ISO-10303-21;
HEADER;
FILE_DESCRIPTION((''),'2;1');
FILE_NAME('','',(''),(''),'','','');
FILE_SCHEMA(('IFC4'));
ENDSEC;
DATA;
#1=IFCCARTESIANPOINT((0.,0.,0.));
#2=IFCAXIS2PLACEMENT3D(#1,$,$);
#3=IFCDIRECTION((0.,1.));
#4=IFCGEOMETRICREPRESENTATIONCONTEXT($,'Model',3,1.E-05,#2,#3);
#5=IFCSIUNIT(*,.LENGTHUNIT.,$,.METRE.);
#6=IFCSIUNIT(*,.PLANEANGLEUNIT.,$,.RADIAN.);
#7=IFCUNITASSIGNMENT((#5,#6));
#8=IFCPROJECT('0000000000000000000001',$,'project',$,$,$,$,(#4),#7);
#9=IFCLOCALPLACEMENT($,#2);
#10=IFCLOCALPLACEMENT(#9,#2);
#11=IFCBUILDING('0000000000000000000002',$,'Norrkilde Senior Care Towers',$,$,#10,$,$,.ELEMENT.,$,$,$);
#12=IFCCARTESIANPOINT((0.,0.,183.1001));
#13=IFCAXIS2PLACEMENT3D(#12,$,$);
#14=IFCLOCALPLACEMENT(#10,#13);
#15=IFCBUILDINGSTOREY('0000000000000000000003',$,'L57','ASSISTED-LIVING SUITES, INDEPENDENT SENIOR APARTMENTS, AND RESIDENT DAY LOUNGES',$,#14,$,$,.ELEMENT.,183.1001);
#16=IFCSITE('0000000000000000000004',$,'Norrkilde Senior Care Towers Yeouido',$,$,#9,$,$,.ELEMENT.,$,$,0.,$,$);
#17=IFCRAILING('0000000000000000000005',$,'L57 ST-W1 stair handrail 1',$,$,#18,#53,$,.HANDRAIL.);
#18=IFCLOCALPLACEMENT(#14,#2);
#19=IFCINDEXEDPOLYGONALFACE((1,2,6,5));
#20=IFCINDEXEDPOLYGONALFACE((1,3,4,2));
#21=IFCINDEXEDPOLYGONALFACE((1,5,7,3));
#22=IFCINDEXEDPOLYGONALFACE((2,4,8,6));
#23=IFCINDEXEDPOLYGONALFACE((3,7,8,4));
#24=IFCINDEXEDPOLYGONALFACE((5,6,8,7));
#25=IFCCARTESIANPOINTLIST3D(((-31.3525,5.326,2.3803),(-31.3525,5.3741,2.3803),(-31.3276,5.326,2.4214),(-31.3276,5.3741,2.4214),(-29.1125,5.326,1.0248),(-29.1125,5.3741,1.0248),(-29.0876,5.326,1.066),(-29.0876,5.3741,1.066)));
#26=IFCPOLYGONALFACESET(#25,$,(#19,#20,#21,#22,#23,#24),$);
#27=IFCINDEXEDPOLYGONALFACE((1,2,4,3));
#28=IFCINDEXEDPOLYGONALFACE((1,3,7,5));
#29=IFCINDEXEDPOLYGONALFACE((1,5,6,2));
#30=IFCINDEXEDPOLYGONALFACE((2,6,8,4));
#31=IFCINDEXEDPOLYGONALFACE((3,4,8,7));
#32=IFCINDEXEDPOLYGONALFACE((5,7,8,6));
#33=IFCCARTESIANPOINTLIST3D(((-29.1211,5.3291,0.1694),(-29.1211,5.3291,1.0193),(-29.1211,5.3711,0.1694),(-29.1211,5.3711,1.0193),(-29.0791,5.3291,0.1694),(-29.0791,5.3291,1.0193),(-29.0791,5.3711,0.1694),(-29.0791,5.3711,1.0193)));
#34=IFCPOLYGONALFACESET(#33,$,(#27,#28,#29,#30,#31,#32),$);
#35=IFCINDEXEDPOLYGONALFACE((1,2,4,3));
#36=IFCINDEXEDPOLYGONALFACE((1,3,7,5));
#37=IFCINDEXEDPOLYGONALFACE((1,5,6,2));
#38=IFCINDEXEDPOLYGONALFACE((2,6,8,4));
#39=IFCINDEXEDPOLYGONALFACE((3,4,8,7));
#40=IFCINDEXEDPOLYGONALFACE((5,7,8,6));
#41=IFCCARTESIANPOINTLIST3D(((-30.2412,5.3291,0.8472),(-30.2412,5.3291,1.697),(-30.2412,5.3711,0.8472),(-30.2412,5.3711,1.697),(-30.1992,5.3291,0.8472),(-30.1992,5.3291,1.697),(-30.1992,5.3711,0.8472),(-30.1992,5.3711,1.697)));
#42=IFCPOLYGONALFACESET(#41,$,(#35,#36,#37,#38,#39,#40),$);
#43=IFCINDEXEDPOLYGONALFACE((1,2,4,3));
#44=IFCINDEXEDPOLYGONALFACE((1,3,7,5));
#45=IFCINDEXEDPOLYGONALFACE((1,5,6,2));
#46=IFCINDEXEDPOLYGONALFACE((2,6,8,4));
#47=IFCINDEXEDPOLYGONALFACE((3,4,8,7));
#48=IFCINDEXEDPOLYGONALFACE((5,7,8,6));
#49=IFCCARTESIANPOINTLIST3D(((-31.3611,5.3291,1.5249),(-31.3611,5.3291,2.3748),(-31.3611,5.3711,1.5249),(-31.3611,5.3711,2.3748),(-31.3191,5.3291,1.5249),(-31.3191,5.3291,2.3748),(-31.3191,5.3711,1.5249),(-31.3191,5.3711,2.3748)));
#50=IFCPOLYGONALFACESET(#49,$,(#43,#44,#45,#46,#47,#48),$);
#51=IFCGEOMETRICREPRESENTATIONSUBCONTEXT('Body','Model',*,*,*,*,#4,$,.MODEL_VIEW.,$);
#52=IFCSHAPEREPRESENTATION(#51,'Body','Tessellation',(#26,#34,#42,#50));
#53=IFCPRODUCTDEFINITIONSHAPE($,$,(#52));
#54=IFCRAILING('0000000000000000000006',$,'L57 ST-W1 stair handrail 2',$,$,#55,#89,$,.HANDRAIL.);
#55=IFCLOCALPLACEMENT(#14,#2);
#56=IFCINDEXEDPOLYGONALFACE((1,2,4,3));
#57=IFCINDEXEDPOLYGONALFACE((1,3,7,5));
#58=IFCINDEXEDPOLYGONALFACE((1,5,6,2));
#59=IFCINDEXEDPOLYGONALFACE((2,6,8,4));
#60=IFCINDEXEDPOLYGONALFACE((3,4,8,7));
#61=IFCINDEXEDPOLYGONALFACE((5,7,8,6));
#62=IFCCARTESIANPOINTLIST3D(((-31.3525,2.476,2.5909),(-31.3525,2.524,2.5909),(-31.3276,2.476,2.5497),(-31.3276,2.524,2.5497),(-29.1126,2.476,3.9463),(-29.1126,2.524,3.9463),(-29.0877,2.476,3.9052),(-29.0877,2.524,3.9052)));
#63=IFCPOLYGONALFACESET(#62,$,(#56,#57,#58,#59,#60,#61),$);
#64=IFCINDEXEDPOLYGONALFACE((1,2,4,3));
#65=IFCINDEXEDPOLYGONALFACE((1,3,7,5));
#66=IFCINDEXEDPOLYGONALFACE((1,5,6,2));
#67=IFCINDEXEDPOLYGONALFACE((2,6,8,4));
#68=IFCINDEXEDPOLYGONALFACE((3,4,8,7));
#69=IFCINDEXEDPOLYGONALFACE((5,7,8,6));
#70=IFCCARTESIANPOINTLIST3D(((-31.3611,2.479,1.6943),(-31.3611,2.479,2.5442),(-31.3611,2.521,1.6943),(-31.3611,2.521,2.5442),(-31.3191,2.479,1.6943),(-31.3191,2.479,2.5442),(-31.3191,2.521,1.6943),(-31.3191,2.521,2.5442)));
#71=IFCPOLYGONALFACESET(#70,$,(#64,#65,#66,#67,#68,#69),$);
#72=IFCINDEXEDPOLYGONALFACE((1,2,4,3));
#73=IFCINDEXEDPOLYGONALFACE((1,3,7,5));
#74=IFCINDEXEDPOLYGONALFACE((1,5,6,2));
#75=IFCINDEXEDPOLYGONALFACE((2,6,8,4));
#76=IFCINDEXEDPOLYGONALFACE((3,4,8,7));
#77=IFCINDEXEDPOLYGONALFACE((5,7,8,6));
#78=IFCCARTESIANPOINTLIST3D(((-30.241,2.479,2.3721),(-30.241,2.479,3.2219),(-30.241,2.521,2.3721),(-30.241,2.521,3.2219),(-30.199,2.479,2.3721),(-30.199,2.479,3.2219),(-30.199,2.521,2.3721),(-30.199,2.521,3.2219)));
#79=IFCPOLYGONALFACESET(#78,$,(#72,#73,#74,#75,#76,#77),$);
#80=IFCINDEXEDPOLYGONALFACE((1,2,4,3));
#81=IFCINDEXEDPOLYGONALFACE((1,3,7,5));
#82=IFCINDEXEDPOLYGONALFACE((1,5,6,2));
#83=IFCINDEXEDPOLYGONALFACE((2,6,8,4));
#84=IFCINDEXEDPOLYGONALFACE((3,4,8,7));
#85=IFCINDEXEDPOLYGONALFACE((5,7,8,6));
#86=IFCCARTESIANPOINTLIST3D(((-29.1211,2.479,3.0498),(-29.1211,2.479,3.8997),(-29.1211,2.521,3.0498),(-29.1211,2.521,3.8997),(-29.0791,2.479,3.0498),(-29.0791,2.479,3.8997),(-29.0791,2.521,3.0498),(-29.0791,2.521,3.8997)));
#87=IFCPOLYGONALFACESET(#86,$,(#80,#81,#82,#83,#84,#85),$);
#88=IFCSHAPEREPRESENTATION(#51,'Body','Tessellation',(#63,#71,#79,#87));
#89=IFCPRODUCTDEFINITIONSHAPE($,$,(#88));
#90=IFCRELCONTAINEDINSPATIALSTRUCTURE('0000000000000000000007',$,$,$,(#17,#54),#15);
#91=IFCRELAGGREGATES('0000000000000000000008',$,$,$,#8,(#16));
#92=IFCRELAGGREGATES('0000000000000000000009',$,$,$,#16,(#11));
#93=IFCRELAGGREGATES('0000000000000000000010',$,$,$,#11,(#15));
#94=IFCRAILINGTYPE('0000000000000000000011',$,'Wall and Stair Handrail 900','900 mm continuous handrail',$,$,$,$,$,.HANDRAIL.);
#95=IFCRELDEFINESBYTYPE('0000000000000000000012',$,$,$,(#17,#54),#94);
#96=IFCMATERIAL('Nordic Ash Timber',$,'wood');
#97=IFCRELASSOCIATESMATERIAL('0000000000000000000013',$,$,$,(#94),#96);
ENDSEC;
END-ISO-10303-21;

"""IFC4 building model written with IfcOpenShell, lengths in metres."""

from ifc_helpers import new_model, si_unit, direction, frame, origin, origin_2d, place, context, subcontext, project, spatial, rectangle, extrude, material, type_object, element, save


model = new_model("IFC4")

# Units and contexts
model_context = context("Model", 3, precision=1e-05, world=origin(), true_north=direction((0.0, 1.0)))
body_context = subcontext(model_context, "Body", "Model", "MODEL_VIEW")
ifc_project = project(units=[si_unit("LENGTHUNIT", "METRE"), si_unit("PLANEANGLEUNIT", "RADIAN")], contexts=[model_context])

# Site, building, storey
site_placement = place(None, origin())
site = spatial("IfcSite", under=ifc_project, at=site_placement, Name="Norrkilde Senior Care Towers Yeouido", CompositionType="ELEMENT", RefElevation=0.0)
building_placement = place(site_placement, origin())
building = spatial("IfcBuilding", under=site, at=building_placement, Name="Norrkilde Senior Care Towers", CompositionType="ELEMENT")
storey_placement = place(building_placement, frame((0.0, 0.0, 183.1001)))
storey = spatial("IfcBuildingStorey", under=building, at=storey_placement, Name="L57", Description="ASSISTED-LIVING SUITES, INDEPENDENT SENIOR APARTMENTS, AND RESIDENT DAY LOUNGES", CompositionType="ELEMENT", Elevation=183.1001)

# Shared definitions
ifc_material_1 = material(Name="Nordic Ash Timber", Category="wood")

# Railings
railing_type_1 = type_object("IfcRailingType", Name="Wall and Stair Handrail 900", Description="900 mm continuous handrail", PredefinedType="HANDRAIL", material=ifc_material_1)
railing_1_placement = place(storey_placement, frame((-29.1001, 5.3501, 0.1694)))
element("IfcRailing", 1, at=railing_1_placement, inside=storey, type_object=railing_type_1, Name="L57 ST-W1 stair handrail 1", PredefinedType="HANDRAIL", context=body_context, shape_type="SweptSolid", body=[
    extrude(rectangle(XDim=0.0481, YDim=0.0481, at=origin_2d()), frame((0.0, 0.0, 0.876), z_axis=(-0.855553, 0.0, 0.517715), x_axis=(0.0, -1.0, 0.0)), (0.0, 0.0, 1.0), 2.6182),
    extrude(rectangle(XDim=0.042, YDim=0.042, at=origin_2d()), origin(), (0.0, 0.0, 1.0), 0.8499),
    extrude(rectangle(XDim=0.042, YDim=0.042, at=origin_2d()), frame((-1.1201, 0.0, 0.6777)), (0.0, 0.0, 1.0), 0.8499),
    extrude(rectangle(XDim=0.042, YDim=0.042, at=origin_2d()), frame((-2.24, 0.0, 1.3555)), (0.0, 0.0, 1.0), 0.8499),
])
railing_2_placement = place(storey_placement, frame((-31.3401, 2.5, 1.6943)))
element("IfcRailing", 2, at=railing_2_placement, inside=storey, type_object=railing_type_1, Name="L57 ST-W1 stair handrail 2", PredefinedType="HANDRAIL", context=body_context, shape_type="SweptSolid", body=[
    extrude(rectangle(XDim=0.0481, YDim=0.0481, at=origin_2d()), frame((0.0, 0.0, 0.876), z_axis=(0.855553, 0.0, 0.517715), x_axis=(0.0, 1.0, 0.0)), (0.0, 0.0, 1.0), 2.6182),
    extrude(rectangle(XDim=0.042, YDim=0.042, at=origin_2d()), origin(), (0.0, 0.0, 1.0), 0.8499),
    extrude(rectangle(XDim=0.042, YDim=0.042, at=origin_2d()), frame((1.1201, 0.0, 0.6777)), (0.0, 0.0, 1.0), 0.8499),
    extrude(rectangle(XDim=0.042, YDim=0.042, at=origin_2d()), frame((2.24, 0.0, 1.3555)), (0.0, 0.0, 1.0), 0.8499),
])

save(model, "model.ifc")
